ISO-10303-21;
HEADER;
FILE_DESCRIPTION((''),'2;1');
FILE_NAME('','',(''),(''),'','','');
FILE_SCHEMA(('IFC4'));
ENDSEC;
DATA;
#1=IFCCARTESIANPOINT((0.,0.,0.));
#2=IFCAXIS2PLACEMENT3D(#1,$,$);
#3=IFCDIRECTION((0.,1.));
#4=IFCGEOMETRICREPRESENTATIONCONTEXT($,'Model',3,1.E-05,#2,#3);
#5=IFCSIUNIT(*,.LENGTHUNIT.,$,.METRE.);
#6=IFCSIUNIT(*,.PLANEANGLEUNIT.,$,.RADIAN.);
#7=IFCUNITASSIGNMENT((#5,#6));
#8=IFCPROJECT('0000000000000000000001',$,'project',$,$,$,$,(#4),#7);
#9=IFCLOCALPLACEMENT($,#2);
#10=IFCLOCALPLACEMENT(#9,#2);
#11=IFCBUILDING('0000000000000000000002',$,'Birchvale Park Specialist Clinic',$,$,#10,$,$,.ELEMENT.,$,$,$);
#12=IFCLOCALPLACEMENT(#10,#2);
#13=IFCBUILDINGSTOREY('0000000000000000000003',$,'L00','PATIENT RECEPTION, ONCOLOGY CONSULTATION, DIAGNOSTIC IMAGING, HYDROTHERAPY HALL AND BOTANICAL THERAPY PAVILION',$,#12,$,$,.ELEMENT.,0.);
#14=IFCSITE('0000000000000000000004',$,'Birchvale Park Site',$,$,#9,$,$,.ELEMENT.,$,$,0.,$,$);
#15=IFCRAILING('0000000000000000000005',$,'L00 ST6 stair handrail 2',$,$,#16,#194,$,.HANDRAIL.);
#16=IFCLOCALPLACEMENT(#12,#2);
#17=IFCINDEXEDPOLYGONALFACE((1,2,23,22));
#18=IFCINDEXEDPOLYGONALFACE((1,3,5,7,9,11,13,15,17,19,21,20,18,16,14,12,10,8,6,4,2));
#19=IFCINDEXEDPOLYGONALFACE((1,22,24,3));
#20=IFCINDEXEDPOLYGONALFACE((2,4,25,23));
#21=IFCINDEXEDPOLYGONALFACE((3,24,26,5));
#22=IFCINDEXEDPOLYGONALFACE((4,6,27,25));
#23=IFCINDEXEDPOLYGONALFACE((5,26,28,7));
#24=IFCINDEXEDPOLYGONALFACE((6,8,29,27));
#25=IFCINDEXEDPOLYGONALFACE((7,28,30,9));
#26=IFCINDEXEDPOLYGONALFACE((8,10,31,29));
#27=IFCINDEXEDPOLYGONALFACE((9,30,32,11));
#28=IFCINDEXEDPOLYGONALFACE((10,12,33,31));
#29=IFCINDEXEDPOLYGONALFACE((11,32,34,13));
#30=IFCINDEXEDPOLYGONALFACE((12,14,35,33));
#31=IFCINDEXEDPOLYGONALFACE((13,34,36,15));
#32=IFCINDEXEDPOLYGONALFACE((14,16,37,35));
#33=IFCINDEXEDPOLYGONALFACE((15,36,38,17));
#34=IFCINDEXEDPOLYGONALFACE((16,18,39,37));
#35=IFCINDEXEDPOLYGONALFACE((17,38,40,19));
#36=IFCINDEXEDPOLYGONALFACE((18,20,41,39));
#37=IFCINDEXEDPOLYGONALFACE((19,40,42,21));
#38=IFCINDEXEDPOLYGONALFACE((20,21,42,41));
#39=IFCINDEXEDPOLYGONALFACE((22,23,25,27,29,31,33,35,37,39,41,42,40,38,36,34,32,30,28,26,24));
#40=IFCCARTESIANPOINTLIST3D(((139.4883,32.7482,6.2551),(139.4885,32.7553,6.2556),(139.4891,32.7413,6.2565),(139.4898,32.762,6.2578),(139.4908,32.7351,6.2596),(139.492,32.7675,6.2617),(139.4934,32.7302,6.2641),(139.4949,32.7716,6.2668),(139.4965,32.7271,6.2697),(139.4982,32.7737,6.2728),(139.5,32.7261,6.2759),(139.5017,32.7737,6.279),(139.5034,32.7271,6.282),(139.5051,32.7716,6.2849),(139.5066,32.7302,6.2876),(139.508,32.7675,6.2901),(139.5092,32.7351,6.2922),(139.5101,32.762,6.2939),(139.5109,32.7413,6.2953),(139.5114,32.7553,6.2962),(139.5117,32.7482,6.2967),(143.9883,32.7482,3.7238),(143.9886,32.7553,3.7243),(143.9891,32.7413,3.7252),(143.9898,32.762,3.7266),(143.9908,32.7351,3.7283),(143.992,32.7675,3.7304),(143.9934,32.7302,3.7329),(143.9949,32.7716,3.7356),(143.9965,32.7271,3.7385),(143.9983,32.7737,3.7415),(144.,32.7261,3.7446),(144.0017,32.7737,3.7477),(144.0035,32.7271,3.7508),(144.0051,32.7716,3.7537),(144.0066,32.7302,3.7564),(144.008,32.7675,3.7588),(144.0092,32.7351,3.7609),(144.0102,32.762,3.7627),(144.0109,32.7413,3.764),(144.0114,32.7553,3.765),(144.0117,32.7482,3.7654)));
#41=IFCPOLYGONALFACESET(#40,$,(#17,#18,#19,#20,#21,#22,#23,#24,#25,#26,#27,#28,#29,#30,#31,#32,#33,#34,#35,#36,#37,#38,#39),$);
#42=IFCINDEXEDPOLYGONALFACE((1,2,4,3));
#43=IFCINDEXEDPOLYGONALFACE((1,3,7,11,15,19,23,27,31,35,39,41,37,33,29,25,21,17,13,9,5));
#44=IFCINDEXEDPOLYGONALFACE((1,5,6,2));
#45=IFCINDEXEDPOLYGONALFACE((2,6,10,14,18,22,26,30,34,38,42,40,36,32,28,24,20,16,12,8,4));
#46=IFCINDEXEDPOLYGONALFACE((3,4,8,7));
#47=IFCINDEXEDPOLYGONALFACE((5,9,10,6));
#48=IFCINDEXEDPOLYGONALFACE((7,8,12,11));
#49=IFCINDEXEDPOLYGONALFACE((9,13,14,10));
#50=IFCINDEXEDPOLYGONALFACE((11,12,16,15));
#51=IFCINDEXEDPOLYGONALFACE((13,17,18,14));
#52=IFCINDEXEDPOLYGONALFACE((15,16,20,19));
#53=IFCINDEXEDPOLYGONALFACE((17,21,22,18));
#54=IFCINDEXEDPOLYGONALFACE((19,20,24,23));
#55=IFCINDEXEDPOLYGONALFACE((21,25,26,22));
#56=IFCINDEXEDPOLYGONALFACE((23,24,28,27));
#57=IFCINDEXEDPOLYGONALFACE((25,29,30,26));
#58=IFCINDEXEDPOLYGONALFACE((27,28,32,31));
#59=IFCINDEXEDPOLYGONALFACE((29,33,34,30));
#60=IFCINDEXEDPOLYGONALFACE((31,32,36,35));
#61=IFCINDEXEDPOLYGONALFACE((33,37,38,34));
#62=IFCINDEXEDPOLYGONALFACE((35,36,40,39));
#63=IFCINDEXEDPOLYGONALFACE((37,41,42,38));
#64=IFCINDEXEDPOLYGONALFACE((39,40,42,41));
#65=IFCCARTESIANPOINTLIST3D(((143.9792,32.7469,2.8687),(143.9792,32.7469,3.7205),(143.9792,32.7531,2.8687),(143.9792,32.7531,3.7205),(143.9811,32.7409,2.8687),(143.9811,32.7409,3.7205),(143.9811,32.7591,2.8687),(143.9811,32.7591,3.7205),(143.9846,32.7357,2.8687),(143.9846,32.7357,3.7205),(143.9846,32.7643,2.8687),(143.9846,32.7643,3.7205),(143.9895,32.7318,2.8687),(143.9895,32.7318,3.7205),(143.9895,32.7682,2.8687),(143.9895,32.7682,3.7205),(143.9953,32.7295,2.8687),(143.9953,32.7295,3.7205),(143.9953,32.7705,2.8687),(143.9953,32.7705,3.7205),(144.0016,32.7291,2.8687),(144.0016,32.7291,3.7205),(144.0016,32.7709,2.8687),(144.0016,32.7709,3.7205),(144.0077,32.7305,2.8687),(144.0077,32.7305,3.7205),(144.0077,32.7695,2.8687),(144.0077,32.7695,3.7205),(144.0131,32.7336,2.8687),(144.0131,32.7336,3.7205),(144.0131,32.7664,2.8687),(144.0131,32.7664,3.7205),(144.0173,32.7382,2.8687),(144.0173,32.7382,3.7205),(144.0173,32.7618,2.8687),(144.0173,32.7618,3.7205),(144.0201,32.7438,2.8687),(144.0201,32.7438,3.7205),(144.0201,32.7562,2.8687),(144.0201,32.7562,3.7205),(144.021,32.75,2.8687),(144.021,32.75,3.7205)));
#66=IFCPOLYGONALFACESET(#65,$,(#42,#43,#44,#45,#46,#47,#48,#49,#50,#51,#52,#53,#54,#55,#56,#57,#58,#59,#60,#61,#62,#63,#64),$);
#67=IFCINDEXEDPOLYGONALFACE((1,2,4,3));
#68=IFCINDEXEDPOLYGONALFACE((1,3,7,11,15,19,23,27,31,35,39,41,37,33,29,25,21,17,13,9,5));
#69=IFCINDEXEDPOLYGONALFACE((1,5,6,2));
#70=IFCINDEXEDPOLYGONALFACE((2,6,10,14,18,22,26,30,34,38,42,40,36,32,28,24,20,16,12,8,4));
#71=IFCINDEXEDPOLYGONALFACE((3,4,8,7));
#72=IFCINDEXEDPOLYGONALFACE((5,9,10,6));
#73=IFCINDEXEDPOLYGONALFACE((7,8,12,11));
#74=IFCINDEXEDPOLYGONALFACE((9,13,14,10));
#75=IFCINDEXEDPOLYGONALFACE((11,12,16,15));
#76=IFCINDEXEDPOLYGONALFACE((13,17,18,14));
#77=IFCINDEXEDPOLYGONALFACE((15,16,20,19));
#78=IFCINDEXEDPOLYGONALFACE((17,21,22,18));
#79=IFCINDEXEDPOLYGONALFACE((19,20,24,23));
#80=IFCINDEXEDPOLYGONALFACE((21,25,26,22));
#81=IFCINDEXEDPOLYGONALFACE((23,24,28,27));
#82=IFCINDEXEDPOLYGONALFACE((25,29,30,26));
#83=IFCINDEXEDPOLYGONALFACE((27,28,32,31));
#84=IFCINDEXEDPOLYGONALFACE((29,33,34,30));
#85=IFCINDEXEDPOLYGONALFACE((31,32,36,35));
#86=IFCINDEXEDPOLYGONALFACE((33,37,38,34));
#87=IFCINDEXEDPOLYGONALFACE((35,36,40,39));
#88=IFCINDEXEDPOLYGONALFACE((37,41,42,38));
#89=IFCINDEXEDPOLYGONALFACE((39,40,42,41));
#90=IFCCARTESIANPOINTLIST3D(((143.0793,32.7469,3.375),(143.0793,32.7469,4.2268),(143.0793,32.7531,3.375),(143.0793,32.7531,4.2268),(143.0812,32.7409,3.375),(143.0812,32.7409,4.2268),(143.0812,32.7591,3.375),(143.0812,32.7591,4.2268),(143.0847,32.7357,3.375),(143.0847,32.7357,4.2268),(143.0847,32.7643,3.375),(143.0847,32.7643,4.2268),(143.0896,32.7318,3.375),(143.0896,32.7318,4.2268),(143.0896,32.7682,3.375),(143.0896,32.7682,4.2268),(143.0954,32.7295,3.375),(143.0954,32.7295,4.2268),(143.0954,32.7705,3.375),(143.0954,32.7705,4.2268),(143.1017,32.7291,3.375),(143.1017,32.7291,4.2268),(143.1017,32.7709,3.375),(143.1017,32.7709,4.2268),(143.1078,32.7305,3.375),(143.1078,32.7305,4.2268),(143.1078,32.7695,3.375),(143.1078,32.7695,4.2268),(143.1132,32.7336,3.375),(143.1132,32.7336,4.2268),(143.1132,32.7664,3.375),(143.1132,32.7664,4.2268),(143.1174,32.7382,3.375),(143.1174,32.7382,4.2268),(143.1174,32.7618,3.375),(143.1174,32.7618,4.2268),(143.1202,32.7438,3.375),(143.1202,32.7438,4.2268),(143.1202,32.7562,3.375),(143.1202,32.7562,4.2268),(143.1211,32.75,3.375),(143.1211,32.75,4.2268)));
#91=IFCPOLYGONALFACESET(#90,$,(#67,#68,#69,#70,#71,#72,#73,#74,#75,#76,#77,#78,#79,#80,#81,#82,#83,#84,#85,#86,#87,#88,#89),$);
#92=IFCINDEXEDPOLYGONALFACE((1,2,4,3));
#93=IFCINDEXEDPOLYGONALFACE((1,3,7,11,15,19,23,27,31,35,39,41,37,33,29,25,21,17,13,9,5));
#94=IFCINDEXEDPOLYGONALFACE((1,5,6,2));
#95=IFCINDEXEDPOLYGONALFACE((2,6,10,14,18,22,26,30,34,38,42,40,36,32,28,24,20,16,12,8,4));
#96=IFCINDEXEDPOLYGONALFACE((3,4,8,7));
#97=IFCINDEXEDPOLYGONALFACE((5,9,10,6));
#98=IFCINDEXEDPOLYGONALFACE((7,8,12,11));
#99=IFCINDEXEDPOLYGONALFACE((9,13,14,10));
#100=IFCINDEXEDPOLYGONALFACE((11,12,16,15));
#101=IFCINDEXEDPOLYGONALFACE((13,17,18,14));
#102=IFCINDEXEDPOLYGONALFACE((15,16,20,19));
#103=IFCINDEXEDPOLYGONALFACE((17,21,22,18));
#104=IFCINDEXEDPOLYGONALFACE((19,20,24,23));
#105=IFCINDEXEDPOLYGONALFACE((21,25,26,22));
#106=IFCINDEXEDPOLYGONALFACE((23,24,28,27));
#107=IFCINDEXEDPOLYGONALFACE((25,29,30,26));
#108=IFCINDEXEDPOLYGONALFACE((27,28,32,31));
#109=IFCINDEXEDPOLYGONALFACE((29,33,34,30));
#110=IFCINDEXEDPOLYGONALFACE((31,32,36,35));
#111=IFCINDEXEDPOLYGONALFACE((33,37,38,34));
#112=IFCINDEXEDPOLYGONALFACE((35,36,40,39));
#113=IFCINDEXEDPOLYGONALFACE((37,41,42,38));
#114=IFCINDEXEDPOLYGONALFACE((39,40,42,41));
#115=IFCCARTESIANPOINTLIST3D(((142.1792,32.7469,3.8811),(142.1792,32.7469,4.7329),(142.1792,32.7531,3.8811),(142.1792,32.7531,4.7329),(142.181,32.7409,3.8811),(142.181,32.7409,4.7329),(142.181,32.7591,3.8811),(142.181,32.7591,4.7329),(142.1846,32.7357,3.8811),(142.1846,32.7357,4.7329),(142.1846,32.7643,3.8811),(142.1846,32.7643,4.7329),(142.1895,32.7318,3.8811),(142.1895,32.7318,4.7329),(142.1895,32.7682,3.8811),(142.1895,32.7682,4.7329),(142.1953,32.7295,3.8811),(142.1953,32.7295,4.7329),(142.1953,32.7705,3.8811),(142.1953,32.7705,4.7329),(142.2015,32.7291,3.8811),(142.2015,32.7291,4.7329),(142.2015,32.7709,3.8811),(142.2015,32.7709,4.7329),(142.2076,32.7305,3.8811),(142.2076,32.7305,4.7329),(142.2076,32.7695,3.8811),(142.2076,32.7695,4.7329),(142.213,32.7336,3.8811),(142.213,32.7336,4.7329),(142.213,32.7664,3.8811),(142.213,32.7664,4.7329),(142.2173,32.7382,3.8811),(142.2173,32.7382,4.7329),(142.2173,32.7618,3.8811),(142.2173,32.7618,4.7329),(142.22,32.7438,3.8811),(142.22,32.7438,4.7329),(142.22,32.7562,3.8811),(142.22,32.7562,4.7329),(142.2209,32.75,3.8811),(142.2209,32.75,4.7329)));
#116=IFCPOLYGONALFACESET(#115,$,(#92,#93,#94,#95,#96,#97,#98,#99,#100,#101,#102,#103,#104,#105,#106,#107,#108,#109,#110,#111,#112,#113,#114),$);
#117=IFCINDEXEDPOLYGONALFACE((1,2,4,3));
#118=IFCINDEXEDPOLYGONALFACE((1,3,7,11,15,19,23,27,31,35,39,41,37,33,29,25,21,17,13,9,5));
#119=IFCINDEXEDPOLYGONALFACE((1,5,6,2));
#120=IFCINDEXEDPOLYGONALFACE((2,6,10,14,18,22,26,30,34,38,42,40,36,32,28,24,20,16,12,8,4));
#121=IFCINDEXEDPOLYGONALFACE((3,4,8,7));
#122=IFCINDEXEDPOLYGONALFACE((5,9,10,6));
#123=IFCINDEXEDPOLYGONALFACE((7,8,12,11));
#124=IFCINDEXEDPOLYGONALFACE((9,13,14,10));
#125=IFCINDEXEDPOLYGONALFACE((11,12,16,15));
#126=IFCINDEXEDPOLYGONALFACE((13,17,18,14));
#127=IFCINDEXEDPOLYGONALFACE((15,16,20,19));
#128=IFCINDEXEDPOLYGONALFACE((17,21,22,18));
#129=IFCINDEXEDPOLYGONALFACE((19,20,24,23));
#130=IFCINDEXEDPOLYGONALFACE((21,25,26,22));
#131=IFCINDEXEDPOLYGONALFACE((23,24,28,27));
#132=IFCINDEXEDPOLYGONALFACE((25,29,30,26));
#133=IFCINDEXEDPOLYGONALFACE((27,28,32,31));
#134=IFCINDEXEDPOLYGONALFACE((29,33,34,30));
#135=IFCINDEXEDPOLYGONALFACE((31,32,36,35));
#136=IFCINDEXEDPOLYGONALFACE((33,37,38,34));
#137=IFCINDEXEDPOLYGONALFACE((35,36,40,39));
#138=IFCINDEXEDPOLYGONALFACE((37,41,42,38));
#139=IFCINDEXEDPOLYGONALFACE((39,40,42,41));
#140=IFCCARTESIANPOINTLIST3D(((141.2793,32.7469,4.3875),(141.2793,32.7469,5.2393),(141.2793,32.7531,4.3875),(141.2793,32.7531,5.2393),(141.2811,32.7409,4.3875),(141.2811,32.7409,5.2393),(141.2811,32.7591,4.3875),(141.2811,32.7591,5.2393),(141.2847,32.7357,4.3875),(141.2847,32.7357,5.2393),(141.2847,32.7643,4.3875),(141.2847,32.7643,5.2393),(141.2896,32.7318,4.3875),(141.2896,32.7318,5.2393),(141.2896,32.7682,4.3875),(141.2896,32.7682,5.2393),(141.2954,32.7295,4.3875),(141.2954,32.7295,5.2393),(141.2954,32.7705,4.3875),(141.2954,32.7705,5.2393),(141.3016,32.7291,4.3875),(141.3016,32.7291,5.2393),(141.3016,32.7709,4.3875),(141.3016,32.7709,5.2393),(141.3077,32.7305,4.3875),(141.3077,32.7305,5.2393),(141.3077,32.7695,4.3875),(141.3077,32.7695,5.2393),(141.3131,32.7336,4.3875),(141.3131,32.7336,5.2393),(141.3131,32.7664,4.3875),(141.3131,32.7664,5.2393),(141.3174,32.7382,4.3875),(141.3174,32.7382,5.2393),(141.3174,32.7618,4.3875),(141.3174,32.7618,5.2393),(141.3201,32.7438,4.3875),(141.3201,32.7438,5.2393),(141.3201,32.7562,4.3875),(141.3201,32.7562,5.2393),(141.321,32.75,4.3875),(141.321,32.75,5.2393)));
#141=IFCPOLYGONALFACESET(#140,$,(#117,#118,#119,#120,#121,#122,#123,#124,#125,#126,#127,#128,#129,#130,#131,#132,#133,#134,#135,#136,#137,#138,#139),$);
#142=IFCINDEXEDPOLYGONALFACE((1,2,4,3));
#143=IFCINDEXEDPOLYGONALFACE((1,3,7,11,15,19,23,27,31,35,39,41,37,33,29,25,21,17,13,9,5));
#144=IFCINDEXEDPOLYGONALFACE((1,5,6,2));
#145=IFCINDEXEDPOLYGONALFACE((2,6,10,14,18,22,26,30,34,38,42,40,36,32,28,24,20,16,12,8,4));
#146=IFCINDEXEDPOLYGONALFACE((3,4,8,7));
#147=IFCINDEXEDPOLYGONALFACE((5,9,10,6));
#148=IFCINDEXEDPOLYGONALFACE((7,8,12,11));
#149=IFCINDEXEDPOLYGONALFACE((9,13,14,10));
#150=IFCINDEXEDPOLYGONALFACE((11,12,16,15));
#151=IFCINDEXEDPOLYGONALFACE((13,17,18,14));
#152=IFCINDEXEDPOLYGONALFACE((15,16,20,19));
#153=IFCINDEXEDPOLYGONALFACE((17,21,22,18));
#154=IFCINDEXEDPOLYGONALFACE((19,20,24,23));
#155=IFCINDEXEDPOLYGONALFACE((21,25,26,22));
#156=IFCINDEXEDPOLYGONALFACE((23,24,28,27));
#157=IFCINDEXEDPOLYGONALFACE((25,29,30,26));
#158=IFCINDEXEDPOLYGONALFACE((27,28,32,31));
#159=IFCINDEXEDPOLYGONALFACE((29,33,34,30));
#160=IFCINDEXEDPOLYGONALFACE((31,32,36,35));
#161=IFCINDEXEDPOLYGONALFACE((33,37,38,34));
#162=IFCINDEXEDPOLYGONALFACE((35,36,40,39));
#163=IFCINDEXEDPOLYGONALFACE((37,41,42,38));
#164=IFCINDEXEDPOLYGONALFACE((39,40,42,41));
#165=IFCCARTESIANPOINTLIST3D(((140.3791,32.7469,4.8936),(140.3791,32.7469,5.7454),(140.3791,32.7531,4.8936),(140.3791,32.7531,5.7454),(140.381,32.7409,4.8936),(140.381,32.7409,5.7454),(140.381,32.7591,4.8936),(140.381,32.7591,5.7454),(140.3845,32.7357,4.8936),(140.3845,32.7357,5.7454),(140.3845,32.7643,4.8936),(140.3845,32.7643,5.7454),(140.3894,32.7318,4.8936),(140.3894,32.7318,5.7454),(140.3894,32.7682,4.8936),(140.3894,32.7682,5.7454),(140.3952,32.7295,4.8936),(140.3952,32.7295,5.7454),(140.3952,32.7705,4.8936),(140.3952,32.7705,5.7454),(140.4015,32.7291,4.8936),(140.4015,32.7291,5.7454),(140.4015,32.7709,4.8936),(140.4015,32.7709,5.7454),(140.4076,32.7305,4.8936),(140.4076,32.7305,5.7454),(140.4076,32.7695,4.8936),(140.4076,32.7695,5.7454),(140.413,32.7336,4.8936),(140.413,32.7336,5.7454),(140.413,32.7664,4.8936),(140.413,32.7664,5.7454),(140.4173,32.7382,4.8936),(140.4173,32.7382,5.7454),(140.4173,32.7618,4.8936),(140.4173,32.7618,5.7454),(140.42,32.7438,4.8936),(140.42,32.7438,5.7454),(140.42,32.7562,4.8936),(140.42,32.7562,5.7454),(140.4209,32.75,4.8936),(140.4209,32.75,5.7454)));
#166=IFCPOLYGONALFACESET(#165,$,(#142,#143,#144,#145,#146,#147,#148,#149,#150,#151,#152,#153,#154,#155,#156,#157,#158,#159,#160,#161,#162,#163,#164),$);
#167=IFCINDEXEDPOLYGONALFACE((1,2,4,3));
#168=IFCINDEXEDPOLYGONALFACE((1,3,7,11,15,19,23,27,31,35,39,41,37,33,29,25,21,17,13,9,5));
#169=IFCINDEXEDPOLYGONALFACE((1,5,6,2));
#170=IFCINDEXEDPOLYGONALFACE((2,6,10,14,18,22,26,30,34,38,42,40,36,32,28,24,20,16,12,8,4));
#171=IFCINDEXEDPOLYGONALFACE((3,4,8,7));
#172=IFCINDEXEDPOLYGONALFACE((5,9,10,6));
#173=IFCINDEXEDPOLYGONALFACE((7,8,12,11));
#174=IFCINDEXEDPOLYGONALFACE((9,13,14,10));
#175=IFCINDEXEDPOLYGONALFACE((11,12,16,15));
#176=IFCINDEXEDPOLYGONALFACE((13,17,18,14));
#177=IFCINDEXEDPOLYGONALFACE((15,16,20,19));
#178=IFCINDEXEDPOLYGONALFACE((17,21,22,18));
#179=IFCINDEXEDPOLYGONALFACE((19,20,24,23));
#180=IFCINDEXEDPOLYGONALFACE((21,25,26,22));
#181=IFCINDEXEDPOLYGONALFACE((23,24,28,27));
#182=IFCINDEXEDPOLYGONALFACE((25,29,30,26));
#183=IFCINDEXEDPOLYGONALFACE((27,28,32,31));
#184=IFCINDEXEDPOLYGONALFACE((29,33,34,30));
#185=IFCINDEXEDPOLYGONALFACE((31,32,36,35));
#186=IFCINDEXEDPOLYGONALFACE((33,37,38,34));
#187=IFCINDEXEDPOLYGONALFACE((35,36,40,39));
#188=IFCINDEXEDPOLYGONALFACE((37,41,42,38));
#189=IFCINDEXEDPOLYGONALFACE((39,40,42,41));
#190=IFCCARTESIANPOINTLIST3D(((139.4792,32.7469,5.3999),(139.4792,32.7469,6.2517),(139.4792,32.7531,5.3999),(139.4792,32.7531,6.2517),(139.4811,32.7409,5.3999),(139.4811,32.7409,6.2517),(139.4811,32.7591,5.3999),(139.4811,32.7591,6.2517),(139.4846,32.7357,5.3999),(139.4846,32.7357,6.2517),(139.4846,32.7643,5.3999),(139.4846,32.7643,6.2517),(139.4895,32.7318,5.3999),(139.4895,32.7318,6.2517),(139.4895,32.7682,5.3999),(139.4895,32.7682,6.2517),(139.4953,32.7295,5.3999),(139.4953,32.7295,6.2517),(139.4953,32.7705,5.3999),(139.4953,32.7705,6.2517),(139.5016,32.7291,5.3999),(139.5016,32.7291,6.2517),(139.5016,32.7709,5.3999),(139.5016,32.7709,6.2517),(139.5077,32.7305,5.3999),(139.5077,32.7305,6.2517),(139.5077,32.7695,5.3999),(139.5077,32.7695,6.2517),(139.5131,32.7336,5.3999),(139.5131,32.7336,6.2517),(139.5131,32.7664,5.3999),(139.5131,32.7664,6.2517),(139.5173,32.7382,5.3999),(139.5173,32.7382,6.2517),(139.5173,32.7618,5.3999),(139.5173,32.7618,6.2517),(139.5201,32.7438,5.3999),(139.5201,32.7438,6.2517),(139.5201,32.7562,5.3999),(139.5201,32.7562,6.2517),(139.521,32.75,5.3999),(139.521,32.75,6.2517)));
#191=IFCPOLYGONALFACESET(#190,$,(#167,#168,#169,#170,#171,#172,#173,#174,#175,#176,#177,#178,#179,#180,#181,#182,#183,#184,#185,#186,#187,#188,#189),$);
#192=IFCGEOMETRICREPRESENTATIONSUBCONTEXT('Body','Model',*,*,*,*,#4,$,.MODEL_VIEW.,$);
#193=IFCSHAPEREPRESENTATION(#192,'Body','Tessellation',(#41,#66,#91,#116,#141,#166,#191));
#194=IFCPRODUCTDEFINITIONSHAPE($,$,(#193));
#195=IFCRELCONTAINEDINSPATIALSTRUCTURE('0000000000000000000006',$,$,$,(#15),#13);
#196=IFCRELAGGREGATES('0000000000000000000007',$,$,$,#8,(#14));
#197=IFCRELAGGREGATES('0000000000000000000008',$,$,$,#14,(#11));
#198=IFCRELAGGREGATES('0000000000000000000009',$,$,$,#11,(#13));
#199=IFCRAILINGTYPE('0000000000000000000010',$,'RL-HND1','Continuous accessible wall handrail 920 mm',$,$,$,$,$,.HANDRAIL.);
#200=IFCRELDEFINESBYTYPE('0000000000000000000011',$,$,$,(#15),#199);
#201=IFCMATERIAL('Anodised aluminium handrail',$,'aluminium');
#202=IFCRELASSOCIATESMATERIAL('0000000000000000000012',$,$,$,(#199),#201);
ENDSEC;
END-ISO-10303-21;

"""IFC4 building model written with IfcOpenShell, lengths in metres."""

from ifc_helpers import new_model, si_unit, direction, frame, origin, origin_2d, place, context, subcontext, project, spatial, circle, extrude, material, type_object, element, save


model = new_model("IFC4")

# Units and contexts
model_context = context("Model", 3, precision=1e-05, world=origin(), true_north=direction((0.0, 1.0)))
body_context = subcontext(model_context, "Body", "Model", "MODEL_VIEW")
ifc_project = project(units=[si_unit("LENGTHUNIT", "METRE"), si_unit("PLANEANGLEUNIT", "RADIAN")], contexts=[model_context])

# Site, building, storey
site_placement = place(None, origin())
site = spatial("IfcSite", under=ifc_project, at=site_placement, Name="Birchvale Park Site", CompositionType="ELEMENT", RefElevation=0.0)
building_placement = place(site_placement, origin())
building = spatial("IfcBuilding", under=site, at=building_placement, Name="Birchvale Park Specialist Clinic", CompositionType="ELEMENT")
storey_placement = place(building_placement, origin())
storey = spatial("IfcBuildingStorey", under=building, at=storey_placement, Name="L00", Description="PATIENT RECEPTION, ONCOLOGY CONSULTATION, DIAGNOSTIC IMAGING, HYDROTHERAPY HALL AND BOTANICAL THERAPY PAVILION", CompositionType="ELEMENT", Elevation=0.0)

# Railing
ifc_material_1 = material(Name="Anodised aluminium handrail", Category="aluminium")
railing_type_1 = type_object("IfcRailingType", Name="RL-HND1", Description="Continuous accessible wall handrail 920 mm", PredefinedType="HANDRAIL", material=ifc_material_1)
railing_1_placement = place(storey_placement, frame((144.0, 32.75, 2.8687)))
element("IfcRailing", 1, at=railing_1_placement, inside=storey, type_object=railing_type_1, Name="L00 ST6 stair handrail 2", PredefinedType="HANDRAIL", context=body_context, shape_type="SweptSolid", body=[
    extrude(circle(Radius=0.0239, at=origin_2d()), frame((0.0, 0.0, 0.876), z_axis=(-0.871576, 0.0, 0.490261), x_axis=(0.0, -1.0, 0.0)), (0.0, 0.0, 1.0), 5.1631),
    extrude(circle(Radius=0.021, at=origin_2d()), origin(), (0.0, 0.0, 1.0), 0.8518),
    extrude(circle(Radius=0.021, at=origin_2d()), frame((-0.8999, 0.0, 0.5063)), (0.0, 0.0, 1.0), 0.8518),
    extrude(circle(Radius=0.021, at=origin_2d()), frame((-1.8, 0.0, 1.0125)), (0.0, 0.0, 1.0), 0.8518),
    extrude(circle(Radius=0.021, at=origin_2d()), frame((-2.7, 0.0, 1.5188)), (0.0, 0.0, 1.0), 0.8518),
    extrude(circle(Radius=0.021, at=origin_2d()), frame((-3.6001, 0.0, 2.0249)), (0.0, 0.0, 1.0), 0.8518),
    extrude(circle(Radius=0.021, at=origin_2d()), frame((-4.5, 0.0, 2.5312)), (0.0, 0.0, 1.0), 0.8518),
])

save(model, "model.ifc")
